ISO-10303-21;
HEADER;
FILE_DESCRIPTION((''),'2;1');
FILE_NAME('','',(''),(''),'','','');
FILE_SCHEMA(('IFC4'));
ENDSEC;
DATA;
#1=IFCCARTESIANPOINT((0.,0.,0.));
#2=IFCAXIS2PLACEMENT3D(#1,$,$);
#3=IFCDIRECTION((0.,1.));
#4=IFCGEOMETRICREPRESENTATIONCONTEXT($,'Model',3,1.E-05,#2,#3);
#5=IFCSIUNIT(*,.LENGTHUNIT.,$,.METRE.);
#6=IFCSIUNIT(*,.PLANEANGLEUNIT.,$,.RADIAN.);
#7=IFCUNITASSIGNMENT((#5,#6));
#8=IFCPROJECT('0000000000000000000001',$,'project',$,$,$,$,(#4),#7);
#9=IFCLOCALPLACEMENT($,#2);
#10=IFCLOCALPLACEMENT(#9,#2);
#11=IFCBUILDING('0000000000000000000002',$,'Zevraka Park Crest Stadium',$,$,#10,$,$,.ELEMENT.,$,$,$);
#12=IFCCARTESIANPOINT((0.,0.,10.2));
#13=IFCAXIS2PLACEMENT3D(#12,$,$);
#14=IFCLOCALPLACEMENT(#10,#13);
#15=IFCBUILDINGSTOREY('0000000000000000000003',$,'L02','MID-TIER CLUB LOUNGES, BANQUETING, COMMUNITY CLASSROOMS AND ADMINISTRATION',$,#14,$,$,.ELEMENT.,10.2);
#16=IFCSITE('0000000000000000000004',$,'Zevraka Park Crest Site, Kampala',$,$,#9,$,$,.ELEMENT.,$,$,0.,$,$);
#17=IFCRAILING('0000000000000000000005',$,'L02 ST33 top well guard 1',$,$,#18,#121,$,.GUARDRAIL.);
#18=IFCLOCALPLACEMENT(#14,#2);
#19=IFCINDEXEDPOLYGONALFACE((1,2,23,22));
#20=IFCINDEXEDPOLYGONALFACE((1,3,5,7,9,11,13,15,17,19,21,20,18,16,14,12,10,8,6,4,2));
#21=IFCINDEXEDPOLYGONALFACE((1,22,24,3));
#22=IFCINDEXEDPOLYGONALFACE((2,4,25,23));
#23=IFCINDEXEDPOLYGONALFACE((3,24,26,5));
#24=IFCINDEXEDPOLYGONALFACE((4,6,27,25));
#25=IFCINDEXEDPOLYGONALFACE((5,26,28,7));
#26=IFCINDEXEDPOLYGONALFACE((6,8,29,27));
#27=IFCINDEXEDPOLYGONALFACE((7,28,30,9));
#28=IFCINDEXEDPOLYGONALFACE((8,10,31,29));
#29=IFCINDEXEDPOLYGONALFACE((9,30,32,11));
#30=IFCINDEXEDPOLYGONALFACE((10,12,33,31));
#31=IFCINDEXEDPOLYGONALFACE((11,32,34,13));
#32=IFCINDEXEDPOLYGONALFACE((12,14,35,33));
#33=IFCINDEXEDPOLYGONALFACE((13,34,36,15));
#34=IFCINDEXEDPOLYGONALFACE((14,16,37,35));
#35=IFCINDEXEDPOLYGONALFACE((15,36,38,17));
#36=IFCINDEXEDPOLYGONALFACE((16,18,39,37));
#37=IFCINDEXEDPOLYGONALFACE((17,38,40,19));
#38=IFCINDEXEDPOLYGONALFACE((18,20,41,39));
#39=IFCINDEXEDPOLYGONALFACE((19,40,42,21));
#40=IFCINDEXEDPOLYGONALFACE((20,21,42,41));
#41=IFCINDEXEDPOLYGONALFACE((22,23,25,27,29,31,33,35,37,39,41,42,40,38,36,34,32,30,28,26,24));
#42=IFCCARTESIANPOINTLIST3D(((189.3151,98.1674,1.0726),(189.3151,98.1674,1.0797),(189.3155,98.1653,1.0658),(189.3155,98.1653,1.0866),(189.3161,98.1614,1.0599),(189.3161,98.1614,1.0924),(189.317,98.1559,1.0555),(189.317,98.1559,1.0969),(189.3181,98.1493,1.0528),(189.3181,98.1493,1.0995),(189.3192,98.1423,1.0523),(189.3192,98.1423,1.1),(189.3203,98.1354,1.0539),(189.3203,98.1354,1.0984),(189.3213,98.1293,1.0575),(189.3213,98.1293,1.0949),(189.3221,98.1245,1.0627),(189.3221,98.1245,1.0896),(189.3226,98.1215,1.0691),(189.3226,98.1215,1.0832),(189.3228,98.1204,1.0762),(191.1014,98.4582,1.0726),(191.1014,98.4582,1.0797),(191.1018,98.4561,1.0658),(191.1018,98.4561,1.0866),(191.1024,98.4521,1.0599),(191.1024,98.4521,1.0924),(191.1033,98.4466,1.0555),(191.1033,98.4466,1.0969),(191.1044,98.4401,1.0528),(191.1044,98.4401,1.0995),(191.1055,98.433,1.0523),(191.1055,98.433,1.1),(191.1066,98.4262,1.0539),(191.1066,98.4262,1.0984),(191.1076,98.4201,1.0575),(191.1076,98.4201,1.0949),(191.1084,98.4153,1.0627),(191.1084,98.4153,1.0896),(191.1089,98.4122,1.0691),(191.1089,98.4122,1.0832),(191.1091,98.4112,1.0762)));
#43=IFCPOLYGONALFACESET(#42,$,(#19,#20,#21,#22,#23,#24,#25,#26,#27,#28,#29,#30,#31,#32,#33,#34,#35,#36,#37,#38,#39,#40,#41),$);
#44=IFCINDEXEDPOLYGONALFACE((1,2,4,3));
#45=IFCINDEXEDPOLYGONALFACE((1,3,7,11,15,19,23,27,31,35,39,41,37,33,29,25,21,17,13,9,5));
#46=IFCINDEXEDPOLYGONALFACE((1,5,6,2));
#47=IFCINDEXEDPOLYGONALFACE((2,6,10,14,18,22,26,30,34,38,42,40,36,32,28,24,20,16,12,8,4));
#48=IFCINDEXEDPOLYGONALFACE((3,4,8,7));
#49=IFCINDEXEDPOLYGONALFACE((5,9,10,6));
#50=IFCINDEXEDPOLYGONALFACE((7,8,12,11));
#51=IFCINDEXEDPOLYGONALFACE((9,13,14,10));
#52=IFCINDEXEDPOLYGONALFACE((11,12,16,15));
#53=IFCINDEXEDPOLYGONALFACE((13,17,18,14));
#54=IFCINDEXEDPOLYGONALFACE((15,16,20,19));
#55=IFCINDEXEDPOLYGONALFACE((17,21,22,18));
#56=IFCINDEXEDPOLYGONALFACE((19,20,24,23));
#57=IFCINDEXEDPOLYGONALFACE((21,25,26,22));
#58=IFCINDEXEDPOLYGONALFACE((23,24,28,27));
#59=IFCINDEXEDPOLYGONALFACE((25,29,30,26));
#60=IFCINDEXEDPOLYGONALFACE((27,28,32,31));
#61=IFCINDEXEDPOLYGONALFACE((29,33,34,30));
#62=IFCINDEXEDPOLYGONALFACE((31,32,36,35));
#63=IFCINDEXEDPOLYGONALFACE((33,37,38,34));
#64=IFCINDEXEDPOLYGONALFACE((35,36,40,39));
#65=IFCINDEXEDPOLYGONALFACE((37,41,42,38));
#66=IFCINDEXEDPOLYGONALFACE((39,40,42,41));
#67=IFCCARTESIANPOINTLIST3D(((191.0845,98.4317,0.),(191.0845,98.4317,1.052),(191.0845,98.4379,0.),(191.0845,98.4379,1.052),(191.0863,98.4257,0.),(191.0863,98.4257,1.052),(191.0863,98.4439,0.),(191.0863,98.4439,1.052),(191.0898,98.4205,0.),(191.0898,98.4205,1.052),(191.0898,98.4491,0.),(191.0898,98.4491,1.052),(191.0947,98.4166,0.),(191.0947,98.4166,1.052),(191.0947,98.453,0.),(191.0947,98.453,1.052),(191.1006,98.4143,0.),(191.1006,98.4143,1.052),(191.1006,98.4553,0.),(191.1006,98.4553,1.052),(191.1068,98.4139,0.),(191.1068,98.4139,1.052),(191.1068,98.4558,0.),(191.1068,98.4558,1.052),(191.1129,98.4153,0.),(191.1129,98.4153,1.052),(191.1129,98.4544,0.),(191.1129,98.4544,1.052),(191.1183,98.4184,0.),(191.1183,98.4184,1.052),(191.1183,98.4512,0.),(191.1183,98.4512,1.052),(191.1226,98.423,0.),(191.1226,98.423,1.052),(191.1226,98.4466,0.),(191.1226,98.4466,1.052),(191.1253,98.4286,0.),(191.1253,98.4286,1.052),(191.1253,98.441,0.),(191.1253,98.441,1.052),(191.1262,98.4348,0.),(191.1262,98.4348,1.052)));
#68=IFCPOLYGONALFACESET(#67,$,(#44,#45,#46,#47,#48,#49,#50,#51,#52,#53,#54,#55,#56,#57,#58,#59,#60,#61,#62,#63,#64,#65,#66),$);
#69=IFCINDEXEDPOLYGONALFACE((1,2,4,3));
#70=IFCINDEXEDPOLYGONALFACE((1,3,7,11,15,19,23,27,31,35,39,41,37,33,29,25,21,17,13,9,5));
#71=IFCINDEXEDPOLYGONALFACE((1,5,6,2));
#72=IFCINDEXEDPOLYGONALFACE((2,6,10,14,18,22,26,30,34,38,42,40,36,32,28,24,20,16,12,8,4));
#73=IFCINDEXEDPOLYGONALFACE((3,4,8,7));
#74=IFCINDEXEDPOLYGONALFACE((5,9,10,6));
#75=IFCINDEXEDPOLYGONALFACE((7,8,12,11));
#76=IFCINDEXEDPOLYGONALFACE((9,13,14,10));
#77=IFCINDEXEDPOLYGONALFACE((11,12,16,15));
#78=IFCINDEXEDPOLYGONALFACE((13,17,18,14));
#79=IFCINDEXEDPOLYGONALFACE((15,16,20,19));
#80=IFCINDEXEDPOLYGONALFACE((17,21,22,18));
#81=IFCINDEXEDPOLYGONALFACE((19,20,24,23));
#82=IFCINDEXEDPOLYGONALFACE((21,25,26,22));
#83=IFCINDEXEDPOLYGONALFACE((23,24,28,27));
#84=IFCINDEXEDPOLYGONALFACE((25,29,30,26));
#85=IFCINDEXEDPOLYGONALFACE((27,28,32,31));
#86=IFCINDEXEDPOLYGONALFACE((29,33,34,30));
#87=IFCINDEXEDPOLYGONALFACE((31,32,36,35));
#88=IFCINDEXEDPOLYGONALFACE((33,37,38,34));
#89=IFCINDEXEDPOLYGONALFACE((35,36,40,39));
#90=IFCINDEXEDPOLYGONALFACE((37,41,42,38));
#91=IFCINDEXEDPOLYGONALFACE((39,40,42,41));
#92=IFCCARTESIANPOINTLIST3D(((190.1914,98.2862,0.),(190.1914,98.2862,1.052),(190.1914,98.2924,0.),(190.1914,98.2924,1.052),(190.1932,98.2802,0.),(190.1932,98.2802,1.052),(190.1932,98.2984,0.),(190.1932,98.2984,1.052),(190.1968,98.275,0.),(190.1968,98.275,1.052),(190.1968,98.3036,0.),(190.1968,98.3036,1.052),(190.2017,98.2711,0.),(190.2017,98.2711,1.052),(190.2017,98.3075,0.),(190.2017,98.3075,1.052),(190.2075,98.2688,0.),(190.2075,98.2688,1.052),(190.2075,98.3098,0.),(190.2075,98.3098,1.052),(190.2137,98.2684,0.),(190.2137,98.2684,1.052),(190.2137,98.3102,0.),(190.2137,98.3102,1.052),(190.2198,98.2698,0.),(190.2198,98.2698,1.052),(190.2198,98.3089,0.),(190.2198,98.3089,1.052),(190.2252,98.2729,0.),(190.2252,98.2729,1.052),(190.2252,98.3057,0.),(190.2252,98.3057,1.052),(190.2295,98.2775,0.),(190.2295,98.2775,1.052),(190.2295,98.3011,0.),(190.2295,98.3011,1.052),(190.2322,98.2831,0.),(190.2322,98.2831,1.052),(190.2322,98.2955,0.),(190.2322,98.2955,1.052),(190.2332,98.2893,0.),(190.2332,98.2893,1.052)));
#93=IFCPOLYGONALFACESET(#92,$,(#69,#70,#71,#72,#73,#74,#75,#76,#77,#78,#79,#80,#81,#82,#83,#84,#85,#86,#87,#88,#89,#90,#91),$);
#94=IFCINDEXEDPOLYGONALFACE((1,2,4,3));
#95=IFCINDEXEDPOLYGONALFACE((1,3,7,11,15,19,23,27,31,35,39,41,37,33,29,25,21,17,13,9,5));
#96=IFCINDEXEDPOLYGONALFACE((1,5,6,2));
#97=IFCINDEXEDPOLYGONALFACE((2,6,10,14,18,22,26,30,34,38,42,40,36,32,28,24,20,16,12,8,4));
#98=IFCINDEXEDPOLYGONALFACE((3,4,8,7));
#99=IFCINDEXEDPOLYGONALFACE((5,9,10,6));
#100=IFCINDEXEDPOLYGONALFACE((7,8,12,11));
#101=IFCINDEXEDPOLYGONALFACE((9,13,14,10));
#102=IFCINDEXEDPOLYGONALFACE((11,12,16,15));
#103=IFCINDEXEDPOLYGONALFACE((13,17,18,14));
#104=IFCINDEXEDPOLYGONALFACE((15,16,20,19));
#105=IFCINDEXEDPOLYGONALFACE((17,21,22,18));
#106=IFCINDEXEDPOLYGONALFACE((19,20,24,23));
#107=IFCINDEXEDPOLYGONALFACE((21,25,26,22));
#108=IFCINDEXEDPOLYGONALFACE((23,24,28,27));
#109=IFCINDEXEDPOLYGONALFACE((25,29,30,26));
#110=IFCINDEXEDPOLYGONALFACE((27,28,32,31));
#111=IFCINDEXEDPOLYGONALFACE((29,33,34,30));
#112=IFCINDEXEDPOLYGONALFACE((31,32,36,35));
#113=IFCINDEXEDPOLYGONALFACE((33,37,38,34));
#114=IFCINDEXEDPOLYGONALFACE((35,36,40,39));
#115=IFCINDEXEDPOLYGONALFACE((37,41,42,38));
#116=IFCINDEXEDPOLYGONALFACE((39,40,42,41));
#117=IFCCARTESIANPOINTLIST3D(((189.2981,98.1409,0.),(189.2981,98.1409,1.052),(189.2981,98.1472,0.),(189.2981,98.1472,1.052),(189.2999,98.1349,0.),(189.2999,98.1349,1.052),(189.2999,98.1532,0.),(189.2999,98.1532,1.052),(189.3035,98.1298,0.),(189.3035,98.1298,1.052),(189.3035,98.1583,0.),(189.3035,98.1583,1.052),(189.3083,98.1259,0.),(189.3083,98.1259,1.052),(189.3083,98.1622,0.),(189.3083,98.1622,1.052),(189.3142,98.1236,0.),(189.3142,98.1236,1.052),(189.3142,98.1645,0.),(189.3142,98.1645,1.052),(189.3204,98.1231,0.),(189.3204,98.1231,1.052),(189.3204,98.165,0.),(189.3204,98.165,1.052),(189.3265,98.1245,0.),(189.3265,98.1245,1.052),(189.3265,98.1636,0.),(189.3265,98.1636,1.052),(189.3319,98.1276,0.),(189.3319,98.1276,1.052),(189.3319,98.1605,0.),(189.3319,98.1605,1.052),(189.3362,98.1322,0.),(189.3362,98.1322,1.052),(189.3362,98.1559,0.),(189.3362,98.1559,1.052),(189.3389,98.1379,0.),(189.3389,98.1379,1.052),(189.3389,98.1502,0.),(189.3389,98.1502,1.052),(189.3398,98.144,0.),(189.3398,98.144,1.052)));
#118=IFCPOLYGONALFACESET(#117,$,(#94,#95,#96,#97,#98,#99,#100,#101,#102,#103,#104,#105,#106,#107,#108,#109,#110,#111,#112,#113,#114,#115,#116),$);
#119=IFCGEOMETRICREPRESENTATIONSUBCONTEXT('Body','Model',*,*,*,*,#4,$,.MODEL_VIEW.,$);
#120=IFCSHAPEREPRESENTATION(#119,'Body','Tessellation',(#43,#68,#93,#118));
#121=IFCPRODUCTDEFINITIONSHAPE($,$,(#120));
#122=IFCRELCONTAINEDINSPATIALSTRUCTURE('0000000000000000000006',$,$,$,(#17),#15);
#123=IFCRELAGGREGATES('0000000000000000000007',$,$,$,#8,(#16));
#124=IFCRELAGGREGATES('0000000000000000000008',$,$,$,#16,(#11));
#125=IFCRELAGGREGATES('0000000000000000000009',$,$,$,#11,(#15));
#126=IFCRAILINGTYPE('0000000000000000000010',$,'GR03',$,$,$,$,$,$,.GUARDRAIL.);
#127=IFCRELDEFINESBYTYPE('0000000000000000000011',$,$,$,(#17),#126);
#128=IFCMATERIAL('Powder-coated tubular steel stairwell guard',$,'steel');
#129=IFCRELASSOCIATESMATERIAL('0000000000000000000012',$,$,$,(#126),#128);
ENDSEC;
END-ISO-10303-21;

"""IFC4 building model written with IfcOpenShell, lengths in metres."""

from ifc_helpers import new_model, si_unit, direction, frame, origin, origin_2d, place, context, subcontext, project, spatial, circle, extrude, material, type_object, element, save


model = new_model("IFC4")

# Units and contexts
model_context = context("Model", 3, precision=1e-05, world=origin(), true_north=direction((0.0, 1.0)))
body_context = subcontext(model_context, "Body", "Model", "MODEL_VIEW")
ifc_project = project(units=[si_unit("LENGTHUNIT", "METRE"), si_unit("PLANEANGLEUNIT", "RADIAN")], contexts=[model_context])

# Site, building, storey
site_placement = place(None, origin())
site = spatial("IfcSite", under=ifc_project, at=site_placement, Name="Zevraka Park Crest Site, Kampala", CompositionType="ELEMENT", RefElevation=0.0)
building_placement = place(site_placement, origin())
building = spatial("IfcBuilding", under=site, at=building_placement, Name="Zevraka Park Crest Stadium", CompositionType="ELEMENT")
storey_placement = place(building_placement, frame((0.0, 0.0, 10.2)))
storey = spatial("IfcBuildingStorey", under=building, at=storey_placement, Name="L02", Description="MID-TIER CLUB LOUNGES, BANQUETING, COMMUNITY CLASSROOMS AND ADMINISTRATION", CompositionType="ELEMENT", Elevation=10.2)

# Railing
ifc_material_1 = material(Name="Powder-coated tubular steel stairwell guard", Category="steel")
railing_type_1 = type_object("IfcRailingType", Name="GR03", PredefinedType="GUARDRAIL", material=ifc_material_1)
railing_1_placement = place(storey_placement, frame((191.1052, 98.4348, 0.0)))
element("IfcRailing", 1, at=railing_1_placement, inside=storey, type_object=railing_type_1, Name="L02 ST33 top well guard 1", PredefinedType="GUARDRAIL", context=body_context, shape_type="SweptSolid", body=[
    extrude(circle(Radius=0.0239, at=origin_2d()), frame((0.0, 0.0, 1.0762), z_axis=(-0.98701, -0.160657, 0.0), x_axis=(0.160657, -0.98701, 0.0)), (0.0, 0.0, 1.0), 1.8098),
    extrude(circle(Radius=0.021, at=origin_2d()), origin(), (0.0, 0.0, 1.0), 1.052),
    extrude(circle(Radius=0.021, at=origin_2d()), frame((-0.8931, -0.1455, 0.0)), (0.0, 0.0, 1.0), 1.052),
    extrude(circle(Radius=0.021, at=origin_2d()), frame((-1.7864, -0.2908, 0.0)), (0.0, 0.0, 1.0), 1.052),
])

save(model, "model.ifc")
